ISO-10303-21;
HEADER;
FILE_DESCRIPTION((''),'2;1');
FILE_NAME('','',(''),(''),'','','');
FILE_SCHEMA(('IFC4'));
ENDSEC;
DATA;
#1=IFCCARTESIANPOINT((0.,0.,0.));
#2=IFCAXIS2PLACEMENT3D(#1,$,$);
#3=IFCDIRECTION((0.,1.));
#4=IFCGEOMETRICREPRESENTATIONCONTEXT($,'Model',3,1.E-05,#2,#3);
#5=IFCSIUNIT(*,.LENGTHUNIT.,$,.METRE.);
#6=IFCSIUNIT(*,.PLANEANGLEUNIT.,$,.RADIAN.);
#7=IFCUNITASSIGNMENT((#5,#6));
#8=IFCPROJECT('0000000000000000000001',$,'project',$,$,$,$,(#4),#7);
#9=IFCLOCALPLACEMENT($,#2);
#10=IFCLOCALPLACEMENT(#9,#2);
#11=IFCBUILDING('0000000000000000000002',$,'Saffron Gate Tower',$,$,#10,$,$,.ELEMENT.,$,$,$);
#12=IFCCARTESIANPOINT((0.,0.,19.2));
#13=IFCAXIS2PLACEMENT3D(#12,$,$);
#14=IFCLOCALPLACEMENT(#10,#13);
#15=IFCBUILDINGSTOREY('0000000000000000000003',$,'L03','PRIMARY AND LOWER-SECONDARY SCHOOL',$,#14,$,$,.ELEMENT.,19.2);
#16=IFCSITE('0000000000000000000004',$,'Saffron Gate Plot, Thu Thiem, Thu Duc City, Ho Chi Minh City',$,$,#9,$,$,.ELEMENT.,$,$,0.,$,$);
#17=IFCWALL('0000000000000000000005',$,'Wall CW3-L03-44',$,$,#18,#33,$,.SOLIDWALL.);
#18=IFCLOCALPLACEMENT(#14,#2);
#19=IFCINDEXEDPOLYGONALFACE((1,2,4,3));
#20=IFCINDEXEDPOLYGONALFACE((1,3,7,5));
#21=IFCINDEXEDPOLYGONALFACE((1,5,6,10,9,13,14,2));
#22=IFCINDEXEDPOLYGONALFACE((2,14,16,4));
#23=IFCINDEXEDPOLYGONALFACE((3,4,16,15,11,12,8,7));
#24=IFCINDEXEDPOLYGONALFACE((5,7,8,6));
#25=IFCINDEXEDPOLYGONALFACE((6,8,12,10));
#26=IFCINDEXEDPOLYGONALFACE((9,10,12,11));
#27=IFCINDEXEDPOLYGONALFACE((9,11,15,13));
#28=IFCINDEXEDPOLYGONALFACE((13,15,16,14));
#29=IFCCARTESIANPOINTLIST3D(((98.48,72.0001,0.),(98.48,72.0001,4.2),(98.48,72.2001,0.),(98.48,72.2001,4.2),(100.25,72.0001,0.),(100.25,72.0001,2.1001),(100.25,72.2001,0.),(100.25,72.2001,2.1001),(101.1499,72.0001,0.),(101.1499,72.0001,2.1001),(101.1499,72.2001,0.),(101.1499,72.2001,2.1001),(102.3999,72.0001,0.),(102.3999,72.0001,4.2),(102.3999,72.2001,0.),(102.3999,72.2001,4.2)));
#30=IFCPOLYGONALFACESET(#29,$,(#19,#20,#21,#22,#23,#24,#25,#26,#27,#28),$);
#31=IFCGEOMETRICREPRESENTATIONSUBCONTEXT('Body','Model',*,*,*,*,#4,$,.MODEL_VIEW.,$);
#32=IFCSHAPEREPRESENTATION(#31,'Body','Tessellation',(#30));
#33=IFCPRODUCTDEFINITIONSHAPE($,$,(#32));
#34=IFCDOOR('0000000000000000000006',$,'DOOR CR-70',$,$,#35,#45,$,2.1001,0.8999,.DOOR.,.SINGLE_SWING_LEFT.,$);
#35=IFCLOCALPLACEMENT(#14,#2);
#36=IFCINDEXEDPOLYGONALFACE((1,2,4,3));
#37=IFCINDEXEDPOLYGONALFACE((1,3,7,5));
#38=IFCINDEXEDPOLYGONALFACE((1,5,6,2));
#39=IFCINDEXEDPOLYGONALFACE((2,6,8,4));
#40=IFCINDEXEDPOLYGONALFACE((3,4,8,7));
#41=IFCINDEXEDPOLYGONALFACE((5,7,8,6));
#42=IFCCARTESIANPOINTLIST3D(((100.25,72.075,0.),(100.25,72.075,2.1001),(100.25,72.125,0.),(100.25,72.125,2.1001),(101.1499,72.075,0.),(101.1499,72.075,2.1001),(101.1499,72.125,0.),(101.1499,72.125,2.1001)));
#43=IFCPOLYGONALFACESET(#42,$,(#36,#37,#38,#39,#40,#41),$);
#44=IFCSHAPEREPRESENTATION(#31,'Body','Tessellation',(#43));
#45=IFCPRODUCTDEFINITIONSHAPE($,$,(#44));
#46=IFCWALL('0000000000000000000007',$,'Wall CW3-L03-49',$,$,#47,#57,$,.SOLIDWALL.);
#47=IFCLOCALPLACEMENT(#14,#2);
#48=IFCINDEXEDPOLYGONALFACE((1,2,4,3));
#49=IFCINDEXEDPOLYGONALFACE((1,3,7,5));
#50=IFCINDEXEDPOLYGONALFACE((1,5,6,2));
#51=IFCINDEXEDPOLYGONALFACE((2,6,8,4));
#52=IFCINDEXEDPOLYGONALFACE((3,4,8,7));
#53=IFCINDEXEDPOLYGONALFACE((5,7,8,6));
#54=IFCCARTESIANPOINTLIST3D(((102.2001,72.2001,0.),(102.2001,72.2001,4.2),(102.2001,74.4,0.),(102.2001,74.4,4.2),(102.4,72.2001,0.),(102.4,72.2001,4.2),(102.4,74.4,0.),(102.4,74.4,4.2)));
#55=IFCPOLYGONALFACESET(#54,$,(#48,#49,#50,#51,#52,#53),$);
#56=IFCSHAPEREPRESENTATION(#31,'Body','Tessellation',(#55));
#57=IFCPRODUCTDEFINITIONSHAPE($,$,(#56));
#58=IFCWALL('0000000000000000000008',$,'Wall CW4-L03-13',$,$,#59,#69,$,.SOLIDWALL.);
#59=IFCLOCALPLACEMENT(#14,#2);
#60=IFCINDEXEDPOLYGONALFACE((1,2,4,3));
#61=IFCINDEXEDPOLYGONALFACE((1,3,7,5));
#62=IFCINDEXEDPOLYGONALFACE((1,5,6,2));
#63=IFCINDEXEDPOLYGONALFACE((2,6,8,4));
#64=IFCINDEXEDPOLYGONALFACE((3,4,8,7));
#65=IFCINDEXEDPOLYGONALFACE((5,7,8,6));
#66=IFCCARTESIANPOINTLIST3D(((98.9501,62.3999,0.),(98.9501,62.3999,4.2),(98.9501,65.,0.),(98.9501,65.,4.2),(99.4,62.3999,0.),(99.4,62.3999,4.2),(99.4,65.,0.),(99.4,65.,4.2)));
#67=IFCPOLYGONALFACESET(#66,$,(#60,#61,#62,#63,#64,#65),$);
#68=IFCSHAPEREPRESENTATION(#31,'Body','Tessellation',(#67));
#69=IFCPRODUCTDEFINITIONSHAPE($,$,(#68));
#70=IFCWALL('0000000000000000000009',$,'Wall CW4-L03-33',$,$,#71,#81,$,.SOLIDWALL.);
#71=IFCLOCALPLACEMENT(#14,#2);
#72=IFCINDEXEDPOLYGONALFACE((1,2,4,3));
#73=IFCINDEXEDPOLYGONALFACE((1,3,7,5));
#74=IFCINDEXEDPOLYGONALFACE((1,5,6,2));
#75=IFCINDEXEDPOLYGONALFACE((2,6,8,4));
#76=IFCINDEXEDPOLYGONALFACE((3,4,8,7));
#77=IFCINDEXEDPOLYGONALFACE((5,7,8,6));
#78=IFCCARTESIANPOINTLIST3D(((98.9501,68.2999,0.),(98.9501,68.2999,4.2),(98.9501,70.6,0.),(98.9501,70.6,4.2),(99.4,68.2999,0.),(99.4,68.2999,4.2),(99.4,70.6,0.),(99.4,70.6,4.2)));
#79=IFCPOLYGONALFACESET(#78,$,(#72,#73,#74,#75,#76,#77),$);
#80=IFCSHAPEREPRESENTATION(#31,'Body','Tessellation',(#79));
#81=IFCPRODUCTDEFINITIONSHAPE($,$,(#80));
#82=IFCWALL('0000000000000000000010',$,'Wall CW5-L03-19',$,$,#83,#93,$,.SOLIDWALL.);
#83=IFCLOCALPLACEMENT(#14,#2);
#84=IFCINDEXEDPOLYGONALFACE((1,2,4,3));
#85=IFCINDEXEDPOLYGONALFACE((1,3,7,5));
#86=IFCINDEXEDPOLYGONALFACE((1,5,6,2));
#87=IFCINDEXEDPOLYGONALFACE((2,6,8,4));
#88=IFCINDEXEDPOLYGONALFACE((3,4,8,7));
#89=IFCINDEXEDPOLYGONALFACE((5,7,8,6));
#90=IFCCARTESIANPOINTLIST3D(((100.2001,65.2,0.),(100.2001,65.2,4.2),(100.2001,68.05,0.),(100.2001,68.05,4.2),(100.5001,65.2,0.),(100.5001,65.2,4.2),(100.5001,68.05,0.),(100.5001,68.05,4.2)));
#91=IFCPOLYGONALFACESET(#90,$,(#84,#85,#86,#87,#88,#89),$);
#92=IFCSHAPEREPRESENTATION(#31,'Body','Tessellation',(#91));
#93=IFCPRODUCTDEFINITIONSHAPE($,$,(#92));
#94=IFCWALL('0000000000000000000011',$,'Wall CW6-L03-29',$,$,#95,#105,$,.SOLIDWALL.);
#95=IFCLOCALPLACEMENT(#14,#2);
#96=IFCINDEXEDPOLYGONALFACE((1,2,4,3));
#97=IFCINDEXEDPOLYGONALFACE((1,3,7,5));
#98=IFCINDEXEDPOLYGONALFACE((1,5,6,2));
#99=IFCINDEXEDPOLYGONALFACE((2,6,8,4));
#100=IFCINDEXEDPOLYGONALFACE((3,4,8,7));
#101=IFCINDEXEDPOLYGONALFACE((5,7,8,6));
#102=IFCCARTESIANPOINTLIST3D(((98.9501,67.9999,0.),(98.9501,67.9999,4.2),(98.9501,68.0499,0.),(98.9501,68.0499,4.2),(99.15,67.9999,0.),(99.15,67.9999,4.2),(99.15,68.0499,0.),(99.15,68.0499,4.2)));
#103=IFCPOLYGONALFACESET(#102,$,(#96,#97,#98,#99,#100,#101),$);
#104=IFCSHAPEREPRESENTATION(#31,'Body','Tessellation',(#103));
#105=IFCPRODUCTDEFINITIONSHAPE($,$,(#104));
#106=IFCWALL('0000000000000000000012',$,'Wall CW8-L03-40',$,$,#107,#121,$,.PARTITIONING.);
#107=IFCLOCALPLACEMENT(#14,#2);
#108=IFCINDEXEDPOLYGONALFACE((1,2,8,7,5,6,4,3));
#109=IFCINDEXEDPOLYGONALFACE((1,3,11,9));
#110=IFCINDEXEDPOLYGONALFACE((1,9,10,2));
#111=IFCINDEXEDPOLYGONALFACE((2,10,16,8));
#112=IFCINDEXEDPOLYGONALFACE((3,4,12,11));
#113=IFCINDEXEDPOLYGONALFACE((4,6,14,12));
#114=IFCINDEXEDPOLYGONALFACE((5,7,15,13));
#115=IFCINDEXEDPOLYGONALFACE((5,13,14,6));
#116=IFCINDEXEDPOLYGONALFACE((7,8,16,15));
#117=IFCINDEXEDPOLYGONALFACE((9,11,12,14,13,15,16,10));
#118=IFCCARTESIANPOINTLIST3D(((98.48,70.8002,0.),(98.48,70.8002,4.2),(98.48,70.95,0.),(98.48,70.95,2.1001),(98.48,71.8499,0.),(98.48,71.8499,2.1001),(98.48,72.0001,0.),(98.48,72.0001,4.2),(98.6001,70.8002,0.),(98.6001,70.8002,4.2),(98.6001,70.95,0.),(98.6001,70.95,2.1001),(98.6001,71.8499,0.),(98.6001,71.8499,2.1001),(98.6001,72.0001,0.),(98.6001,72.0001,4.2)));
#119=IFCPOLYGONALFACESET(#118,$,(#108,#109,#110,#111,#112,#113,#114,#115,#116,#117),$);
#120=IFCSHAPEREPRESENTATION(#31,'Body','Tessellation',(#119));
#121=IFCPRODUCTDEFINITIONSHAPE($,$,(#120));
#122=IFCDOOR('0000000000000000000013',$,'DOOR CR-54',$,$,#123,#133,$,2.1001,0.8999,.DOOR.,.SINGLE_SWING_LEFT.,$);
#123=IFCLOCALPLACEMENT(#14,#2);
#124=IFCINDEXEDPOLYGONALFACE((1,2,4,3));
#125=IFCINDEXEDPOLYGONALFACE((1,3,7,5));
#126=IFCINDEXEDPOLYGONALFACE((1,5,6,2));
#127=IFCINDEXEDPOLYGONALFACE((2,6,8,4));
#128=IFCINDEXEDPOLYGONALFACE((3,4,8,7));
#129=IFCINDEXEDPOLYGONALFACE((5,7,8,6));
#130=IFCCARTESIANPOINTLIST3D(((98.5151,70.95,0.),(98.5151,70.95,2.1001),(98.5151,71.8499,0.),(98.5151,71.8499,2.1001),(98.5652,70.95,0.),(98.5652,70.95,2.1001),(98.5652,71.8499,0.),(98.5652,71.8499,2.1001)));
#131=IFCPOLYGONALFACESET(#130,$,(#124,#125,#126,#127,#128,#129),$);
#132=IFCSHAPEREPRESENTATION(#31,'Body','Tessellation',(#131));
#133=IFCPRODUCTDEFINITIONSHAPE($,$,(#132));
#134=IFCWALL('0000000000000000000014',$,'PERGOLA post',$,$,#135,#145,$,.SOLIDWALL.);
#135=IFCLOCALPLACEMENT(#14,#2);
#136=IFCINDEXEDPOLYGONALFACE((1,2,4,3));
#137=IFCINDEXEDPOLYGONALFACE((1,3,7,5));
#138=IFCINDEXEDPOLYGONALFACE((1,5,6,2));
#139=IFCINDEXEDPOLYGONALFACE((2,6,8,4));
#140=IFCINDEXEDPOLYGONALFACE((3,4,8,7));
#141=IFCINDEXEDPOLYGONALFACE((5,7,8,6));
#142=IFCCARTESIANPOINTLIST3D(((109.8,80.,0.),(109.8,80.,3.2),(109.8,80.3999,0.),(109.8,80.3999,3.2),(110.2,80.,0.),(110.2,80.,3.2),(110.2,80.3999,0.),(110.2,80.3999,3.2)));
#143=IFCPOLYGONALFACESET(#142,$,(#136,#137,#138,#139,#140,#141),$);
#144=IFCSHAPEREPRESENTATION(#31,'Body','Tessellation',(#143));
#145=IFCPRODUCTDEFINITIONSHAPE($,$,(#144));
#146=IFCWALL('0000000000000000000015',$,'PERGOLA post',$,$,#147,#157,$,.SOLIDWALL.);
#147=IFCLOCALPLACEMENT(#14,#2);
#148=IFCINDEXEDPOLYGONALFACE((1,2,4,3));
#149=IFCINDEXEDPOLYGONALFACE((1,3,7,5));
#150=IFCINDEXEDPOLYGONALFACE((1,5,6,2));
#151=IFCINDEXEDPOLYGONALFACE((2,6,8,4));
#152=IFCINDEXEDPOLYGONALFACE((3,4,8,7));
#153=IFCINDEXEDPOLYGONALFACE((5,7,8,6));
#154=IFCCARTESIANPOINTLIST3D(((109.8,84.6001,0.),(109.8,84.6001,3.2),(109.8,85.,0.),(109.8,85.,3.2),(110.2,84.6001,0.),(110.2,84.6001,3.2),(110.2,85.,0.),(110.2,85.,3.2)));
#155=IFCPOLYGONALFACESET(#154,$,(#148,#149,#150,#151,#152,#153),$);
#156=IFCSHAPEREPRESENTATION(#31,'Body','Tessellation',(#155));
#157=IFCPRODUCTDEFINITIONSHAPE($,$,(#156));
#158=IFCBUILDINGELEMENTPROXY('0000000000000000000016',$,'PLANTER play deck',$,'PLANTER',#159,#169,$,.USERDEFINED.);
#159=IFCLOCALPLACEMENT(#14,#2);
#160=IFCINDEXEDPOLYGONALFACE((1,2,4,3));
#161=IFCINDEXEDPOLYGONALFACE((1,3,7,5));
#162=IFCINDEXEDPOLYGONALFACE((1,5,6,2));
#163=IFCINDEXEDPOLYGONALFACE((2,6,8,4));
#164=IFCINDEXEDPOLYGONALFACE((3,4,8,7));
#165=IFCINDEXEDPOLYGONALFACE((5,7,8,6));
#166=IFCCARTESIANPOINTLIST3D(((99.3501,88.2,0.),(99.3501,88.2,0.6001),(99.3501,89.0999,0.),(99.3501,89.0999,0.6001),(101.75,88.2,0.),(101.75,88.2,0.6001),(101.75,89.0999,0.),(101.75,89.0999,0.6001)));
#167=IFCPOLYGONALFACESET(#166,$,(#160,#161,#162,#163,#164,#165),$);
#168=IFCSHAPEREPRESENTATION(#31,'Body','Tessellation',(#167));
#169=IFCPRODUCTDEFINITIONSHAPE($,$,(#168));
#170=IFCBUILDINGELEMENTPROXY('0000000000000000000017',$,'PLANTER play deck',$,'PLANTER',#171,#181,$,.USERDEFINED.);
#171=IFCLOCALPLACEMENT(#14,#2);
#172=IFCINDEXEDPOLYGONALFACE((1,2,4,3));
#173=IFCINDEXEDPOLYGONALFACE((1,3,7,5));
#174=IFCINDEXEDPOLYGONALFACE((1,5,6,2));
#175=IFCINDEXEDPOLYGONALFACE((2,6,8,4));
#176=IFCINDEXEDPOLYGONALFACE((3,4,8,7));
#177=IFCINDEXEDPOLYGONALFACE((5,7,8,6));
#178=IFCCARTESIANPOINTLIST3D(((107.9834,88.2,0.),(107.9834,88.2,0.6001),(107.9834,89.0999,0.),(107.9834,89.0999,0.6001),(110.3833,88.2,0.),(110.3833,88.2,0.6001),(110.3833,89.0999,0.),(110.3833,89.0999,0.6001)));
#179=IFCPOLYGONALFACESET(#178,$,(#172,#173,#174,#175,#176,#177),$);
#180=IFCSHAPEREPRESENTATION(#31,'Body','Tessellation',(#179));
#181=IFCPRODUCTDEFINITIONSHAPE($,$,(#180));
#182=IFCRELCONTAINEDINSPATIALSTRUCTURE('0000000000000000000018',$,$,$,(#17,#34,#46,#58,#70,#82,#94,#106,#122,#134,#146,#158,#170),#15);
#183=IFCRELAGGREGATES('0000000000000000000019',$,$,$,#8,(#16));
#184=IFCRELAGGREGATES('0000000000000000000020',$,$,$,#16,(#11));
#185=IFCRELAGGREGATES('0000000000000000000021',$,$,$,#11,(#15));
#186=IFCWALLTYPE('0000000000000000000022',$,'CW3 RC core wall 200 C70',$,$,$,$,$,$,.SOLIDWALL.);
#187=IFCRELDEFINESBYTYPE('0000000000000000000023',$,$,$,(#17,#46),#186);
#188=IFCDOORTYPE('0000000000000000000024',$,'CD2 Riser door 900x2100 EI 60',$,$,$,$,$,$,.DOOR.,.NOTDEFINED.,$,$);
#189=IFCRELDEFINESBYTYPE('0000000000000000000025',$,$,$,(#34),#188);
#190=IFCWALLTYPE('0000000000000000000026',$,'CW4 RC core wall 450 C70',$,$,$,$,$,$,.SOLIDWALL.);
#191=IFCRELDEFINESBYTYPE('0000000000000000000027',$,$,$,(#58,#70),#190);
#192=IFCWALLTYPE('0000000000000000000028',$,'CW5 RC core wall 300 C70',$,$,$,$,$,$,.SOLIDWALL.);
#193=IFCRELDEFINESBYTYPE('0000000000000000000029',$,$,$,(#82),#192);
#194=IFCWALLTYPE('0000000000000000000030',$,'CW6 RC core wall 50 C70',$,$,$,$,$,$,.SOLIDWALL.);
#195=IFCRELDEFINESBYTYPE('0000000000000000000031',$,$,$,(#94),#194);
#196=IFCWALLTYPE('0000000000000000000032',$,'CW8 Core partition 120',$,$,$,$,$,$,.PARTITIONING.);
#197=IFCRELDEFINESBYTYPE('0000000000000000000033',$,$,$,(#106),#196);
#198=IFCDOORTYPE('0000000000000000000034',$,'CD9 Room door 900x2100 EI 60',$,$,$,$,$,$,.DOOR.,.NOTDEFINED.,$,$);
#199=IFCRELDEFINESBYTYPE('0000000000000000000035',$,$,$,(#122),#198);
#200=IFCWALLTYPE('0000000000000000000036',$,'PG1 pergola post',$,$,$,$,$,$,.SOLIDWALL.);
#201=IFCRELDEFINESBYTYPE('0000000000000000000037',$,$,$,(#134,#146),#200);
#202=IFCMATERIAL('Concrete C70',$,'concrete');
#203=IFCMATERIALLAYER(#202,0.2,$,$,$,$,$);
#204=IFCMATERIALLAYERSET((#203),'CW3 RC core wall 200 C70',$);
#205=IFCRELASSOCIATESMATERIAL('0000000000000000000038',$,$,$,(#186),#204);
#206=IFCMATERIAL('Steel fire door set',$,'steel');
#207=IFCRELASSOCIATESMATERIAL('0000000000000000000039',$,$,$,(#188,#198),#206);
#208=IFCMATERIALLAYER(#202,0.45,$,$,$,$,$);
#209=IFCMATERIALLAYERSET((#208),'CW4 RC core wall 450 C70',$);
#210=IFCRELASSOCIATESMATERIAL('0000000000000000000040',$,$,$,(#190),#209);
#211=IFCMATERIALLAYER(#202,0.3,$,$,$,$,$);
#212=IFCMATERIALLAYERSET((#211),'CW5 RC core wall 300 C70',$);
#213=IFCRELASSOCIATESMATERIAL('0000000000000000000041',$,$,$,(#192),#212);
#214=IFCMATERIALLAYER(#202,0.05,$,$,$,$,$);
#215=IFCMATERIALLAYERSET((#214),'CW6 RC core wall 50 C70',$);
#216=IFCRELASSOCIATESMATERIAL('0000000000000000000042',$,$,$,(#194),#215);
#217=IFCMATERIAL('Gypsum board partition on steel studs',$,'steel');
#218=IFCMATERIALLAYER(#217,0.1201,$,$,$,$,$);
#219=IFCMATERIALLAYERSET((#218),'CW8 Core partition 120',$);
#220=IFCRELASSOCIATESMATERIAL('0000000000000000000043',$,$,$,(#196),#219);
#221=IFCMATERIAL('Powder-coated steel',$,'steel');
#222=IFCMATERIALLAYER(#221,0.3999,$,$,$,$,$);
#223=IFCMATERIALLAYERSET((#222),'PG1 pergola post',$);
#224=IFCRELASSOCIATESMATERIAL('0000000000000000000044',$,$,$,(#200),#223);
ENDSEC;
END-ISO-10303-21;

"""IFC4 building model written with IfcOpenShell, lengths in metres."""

from ifc_helpers import new_model, si_unit, direction, frame, frame_2d, origin, origin_2d, place, context, subcontext, project, spatial, rectangle, extrude, material, layer, layer_set, type_object, element, fill, save


model = new_model("IFC4")

# Units and contexts
model_context = context("Model", 3, precision=1e-05, world=origin(), true_north=direction((0.0, 1.0)))
body_context = subcontext(model_context, "Body", "Model", "MODEL_VIEW")
ifc_project = project(units=[si_unit("LENGTHUNIT", "METRE"), si_unit("PLANEANGLEUNIT", "RADIAN")], contexts=[model_context])

# Site, building, storey
site_placement = place(None, origin())
site = spatial("IfcSite", under=ifc_project, at=site_placement, Name="Saffron Gate Plot, Thu Thiem, Thu Duc City, Ho Chi Minh City", CompositionType="ELEMENT", RefElevation=0.0)
building_placement = place(site_placement, origin())
building = spatial("IfcBuilding", under=site, at=building_placement, Name="Saffron Gate Tower", CompositionType="ELEMENT")
storey_placement = place(building_placement, frame((0.0, 0.0, 19.2)))
storey = spatial("IfcBuildingStorey", under=building, at=storey_placement, Name="L03", Description="PRIMARY AND LOWER-SECONDARY SCHOOL", CompositionType="ELEMENT", Elevation=19.2)

# Shared definitions
ifc_material_1 = material(Name="Concrete C70", Category="concrete")
ifc_material_2 = material(Name="Steel fire door set", Category="steel")

# Shared definitions
ifc_layer_1 = layer(ifc_material_1, 0.2)
ifc_layer_set_1 = layer_set([ifc_layer_1], Name="CW3 RC core wall 200 C70")
wall_type_1 = type_object("IfcWallType", Name="CW3 RC core wall 200 C70", PredefinedType="SOLIDWALL", material=ifc_layer_set_1)

# Wall, opening, door
wall_1_placement = place(storey_placement, frame((98.48, 72.1001, 0.0), z_axis=(0.0, 0.0, 1.0), x_axis=(1.0, 0.0, 0.0)))
wall_1 = element("IfcWall", 1, at=wall_1_placement, inside=storey, type_object=wall_type_1, Name="Wall CW3-L03-44", PredefinedType="SOLIDWALL", context=body_context, shape_type="SweptSolid", body=[
    extrude(rectangle(XDim=3.9199, YDim=0.2, at=frame_2d((1.96, 0.0))), origin(), (0.0, 0.0, 1.0), 4.2),
])
opening_1_placement = place(wall_1_placement, frame((1.77, 0.0, 0.0)))
opening_1 = element("IfcOpeningElement", 2, at=opening_1_placement, cuts=wall_1, PredefinedType="OPENING", context=body_context, shape_type="SweptSolid", body=[
    extrude(rectangle(XDim=0.8999, YDim=2.1001, at=frame_2d((0.45, 1.05))), frame((0.0, 0.1099, 0.0), z_axis=(0.0, -1.0, 0.0), x_axis=(1.0, 0.0, 0.0)), (0.0, 0.0, 1.0), 0.22),
])
door_type_1 = type_object("IfcDoorType", Name="CD2 Riser door 900x2100 EI 60", OperationType="NOTDEFINED", PredefinedType="DOOR", material=ifc_material_2)
door_1_placement = place(opening_1_placement, origin())
door_1 = element("IfcDoor", 3, at=door_1_placement, inside=storey, type_object=door_type_1, Name="DOOR CR-70", OperationType="SINGLE_SWING_LEFT", OverallHeight=2.1001, OverallWidth=0.8999, PredefinedType="DOOR", context=body_context, shape_type="SweptSolid", body=[
    extrude(rectangle(XDim=0.8999, YDim=2.1001, at=frame_2d((0.45, 1.05))), frame((0.0, 0.0249, 0.0), z_axis=(0.0, -1.0, 0.0), x_axis=(1.0, 0.0, 0.0)), (0.0, 0.0, 1.0), 0.05),
])
fill(opening_1, door_1)

# Walls
wall_2_placement = place(storey_placement, frame((102.3, 72.2, 0.0), z_axis=(0.0, 0.0, 1.0), x_axis=(0.0, 1.0, 0.0)))
element("IfcWall", 4, at=wall_2_placement, inside=storey, type_object=wall_type_1, Name="Wall CW3-L03-49", PredefinedType="SOLIDWALL", context=body_context, shape_type="SweptSolid", body=[
    extrude(rectangle(XDim=2.2, YDim=0.2, at=frame_2d((1.1001, 0.0))), origin(), (0.0, 0.0, 1.0), 4.2),
])
ifc_layer_2 = layer(ifc_material_1, 0.45)
ifc_layer_set_2 = layer_set([ifc_layer_2], Name="CW4 RC core wall 450 C70")
wall_type_2 = type_object("IfcWallType", Name="CW4 RC core wall 450 C70", PredefinedType="SOLIDWALL", material=ifc_layer_set_2)
wall_3_placement = place(storey_placement, frame((99.175, 62.3999, 0.0), z_axis=(0.0, 0.0, 1.0), x_axis=(0.0, 1.0, 0.0)))
element("IfcWall", 5, at=wall_3_placement, inside=storey, type_object=wall_type_2, Name="Wall CW4-L03-13", PredefinedType="SOLIDWALL", context=body_context, shape_type="SweptSolid", body=[
    extrude(rectangle(XDim=2.6001, YDim=0.45, at=frame_2d((1.3, 0.0))), origin(), (0.0, 0.0, 1.0), 4.2),
])
wall_4_placement = place(storey_placement, frame((99.175, 68.3, 0.0), z_axis=(0.0, 0.0, 1.0), x_axis=(0.0, 1.0, 0.0)))
element("IfcWall", 6, at=wall_4_placement, inside=storey, type_object=wall_type_2, Name="Wall CW4-L03-33", PredefinedType="SOLIDWALL", context=body_context, shape_type="SweptSolid", body=[
    extrude(rectangle(XDim=2.3, YDim=0.45, at=frame_2d((1.1499, 0.0))), origin(), (0.0, 0.0, 1.0), 4.2),
])
ifc_layer_3 = layer(ifc_material_1, 0.3)
ifc_layer_set_3 = layer_set([ifc_layer_3], Name="CW5 RC core wall 300 C70")
wall_type_3 = type_object("IfcWallType", Name="CW5 RC core wall 300 C70", PredefinedType="SOLIDWALL", material=ifc_layer_set_3)
wall_5_placement = place(storey_placement, frame((100.3501, 65.2, 0.0), z_axis=(0.0, 0.0, 1.0), x_axis=(0.0, 1.0, 0.0)))
element("IfcWall", 7, at=wall_5_placement, inside=storey, type_object=wall_type_3, Name="Wall CW5-L03-19", PredefinedType="SOLIDWALL", context=body_context, shape_type="SweptSolid", body=[
    extrude(rectangle(XDim=2.8501, YDim=0.3, at=frame_2d((1.425, 0.0))), origin(), (0.0, 0.0, 1.0), 4.2),
])
ifc_layer_4 = layer(ifc_material_1, 0.05)
ifc_layer_set_4 = layer_set([ifc_layer_4], Name="CW6 RC core wall 50 C70")
wall_type_4 = type_object("IfcWallType", Name="CW6 RC core wall 50 C70", PredefinedType="SOLIDWALL", material=ifc_layer_set_4)
wall_6_placement = place(storey_placement, frame((98.95, 68.0249, 0.0), z_axis=(0.0, 0.0, 1.0), x_axis=(1.0, 0.0, 0.0)))
element("IfcWall", 8, at=wall_6_placement, inside=storey, type_object=wall_type_4, Name="Wall CW6-L03-29", PredefinedType="SOLIDWALL", context=body_context, shape_type="SweptSolid", body=[
    extrude(rectangle(XDim=0.2, YDim=0.05, at=frame_2d((0.1001, 0.0))), origin(), (0.0, 0.0, 1.0), 4.2),
])

# Wall, opening, door
ifc_material_3 = material(Name="Gypsum board partition on steel studs", Category="steel")
ifc_layer_5 = layer(ifc_material_3, 0.1201)
ifc_layer_set_5 = layer_set([ifc_layer_5], Name="CW8 Core partition 120")
wall_type_5 = type_object("IfcWallType", Name="CW8 Core partition 120", PredefinedType="PARTITIONING", material=ifc_layer_set_5)
wall_7_placement = place(storey_placement, frame((98.54, 70.8, 0.0), z_axis=(0.0, 0.0, 1.0), x_axis=(0.0, 1.0, 0.0)))
wall_7 = element("IfcWall", 9, at=wall_7_placement, inside=storey, type_object=wall_type_5, Name="Wall CW8-L03-40", PredefinedType="PARTITIONING", context=body_context, shape_type="SweptSolid", body=[
    extrude(rectangle(XDim=1.2, YDim=0.1201, at=frame_2d((0.6001, 0.0))), origin(), (0.0, 0.0, 1.0), 4.2),
])
opening_2_placement = place(wall_7_placement, frame((0.1499, 0.0, 0.0)))
opening_2 = element("IfcOpeningElement", 10, at=opening_2_placement, cuts=wall_7, PredefinedType="OPENING", context=body_context, shape_type="SweptSolid", body=[
    extrude(rectangle(XDim=0.8999, YDim=2.1001, at=frame_2d((0.45, 1.05))), frame((0.0, 0.0701, 0.0), z_axis=(0.0, -1.0, 0.0), x_axis=(1.0, 0.0, 0.0)), (0.0, 0.0, 1.0), 0.1401),
])
door_type_2 = type_object("IfcDoorType", Name="CD9 Room door 900x2100 EI 60", OperationType="NOTDEFINED", PredefinedType="DOOR", material=ifc_material_2)
door_2_placement = place(opening_2_placement, origin())
door_2 = element("IfcDoor", 11, at=door_2_placement, inside=storey, type_object=door_type_2, Name="DOOR CR-54", OperationType="SINGLE_SWING_LEFT", OverallHeight=2.1001, OverallWidth=0.8999, PredefinedType="DOOR", context=body_context, shape_type="SweptSolid", body=[
    extrude(rectangle(XDim=0.8999, YDim=2.1001, at=frame_2d((0.45, 1.05))), frame((0.0, 0.0249, 0.0), z_axis=(0.0, -1.0, 0.0), x_axis=(1.0, 0.0, 0.0)), (0.0, 0.0, 1.0), 0.05),
])
fill(opening_2, door_2)

# Walls
ifc_material_4 = material(Name="Powder-coated steel", Category="steel")
ifc_layer_6 = layer(ifc_material_4, 0.3999)
ifc_layer_set_6 = layer_set([ifc_layer_6], Name="PG1 pergola post")
wall_type_6 = type_object("IfcWallType", Name="PG1 pergola post", PredefinedType="SOLIDWALL", material=ifc_layer_set_6)
for number, where, z_axis, x_axis, name in (
    (12, (110.0, 80.0, 0.0), (0.0, 0.0, 1.0), (0.0, 1.0, 0.0), "PERGOLA post"),
    (13, (110.0, 84.6001, 0.0), (0.0, 0.0, 1.0), (0.0, 1.0, 0.0), "PERGOLA post"),
):
    element("IfcWall", number, at=place(storey_placement, frame(where, z_axis=z_axis, x_axis=x_axis)), inside=storey, type_object=wall_type_6, Name=name, PredefinedType="SOLIDWALL", context=body_context, shape_type="SweptSolid", body=[
        extrude(rectangle(XDim=0.3999, YDim=0.3999, at=frame_2d((0.2, 0.0))), origin(), (0.0, 0.0, 1.0), 3.2),
    ])

# Building element proxies
for number, where, z_axis, x_axis, name in (
    (14, (100.55, 88.6499, 0.0), (0.0, 0.0, 1.0), (1.0, 0.0, 0.0), "PLANTER play deck"),
    (15, (109.1833, 88.6499, 0.0), (0.0, 0.0, 1.0), (1.0, 0.0, 0.0), "PLANTER play deck"),
):
    element("IfcBuildingElementProxy", number, at=place(storey_placement, frame(where, z_axis=z_axis, x_axis=x_axis)), inside=storey, Name=name, ObjectType="PLANTER", PredefinedType="USERDEFINED", context=body_context, shape_type="SweptSolid", body=[
        extrude(rectangle(XDim=2.3999, YDim=0.8999, at=origin_2d()), origin(), (0.0, 0.0, 1.0), 0.6001),
    ])

save(model, "model.ifc")
